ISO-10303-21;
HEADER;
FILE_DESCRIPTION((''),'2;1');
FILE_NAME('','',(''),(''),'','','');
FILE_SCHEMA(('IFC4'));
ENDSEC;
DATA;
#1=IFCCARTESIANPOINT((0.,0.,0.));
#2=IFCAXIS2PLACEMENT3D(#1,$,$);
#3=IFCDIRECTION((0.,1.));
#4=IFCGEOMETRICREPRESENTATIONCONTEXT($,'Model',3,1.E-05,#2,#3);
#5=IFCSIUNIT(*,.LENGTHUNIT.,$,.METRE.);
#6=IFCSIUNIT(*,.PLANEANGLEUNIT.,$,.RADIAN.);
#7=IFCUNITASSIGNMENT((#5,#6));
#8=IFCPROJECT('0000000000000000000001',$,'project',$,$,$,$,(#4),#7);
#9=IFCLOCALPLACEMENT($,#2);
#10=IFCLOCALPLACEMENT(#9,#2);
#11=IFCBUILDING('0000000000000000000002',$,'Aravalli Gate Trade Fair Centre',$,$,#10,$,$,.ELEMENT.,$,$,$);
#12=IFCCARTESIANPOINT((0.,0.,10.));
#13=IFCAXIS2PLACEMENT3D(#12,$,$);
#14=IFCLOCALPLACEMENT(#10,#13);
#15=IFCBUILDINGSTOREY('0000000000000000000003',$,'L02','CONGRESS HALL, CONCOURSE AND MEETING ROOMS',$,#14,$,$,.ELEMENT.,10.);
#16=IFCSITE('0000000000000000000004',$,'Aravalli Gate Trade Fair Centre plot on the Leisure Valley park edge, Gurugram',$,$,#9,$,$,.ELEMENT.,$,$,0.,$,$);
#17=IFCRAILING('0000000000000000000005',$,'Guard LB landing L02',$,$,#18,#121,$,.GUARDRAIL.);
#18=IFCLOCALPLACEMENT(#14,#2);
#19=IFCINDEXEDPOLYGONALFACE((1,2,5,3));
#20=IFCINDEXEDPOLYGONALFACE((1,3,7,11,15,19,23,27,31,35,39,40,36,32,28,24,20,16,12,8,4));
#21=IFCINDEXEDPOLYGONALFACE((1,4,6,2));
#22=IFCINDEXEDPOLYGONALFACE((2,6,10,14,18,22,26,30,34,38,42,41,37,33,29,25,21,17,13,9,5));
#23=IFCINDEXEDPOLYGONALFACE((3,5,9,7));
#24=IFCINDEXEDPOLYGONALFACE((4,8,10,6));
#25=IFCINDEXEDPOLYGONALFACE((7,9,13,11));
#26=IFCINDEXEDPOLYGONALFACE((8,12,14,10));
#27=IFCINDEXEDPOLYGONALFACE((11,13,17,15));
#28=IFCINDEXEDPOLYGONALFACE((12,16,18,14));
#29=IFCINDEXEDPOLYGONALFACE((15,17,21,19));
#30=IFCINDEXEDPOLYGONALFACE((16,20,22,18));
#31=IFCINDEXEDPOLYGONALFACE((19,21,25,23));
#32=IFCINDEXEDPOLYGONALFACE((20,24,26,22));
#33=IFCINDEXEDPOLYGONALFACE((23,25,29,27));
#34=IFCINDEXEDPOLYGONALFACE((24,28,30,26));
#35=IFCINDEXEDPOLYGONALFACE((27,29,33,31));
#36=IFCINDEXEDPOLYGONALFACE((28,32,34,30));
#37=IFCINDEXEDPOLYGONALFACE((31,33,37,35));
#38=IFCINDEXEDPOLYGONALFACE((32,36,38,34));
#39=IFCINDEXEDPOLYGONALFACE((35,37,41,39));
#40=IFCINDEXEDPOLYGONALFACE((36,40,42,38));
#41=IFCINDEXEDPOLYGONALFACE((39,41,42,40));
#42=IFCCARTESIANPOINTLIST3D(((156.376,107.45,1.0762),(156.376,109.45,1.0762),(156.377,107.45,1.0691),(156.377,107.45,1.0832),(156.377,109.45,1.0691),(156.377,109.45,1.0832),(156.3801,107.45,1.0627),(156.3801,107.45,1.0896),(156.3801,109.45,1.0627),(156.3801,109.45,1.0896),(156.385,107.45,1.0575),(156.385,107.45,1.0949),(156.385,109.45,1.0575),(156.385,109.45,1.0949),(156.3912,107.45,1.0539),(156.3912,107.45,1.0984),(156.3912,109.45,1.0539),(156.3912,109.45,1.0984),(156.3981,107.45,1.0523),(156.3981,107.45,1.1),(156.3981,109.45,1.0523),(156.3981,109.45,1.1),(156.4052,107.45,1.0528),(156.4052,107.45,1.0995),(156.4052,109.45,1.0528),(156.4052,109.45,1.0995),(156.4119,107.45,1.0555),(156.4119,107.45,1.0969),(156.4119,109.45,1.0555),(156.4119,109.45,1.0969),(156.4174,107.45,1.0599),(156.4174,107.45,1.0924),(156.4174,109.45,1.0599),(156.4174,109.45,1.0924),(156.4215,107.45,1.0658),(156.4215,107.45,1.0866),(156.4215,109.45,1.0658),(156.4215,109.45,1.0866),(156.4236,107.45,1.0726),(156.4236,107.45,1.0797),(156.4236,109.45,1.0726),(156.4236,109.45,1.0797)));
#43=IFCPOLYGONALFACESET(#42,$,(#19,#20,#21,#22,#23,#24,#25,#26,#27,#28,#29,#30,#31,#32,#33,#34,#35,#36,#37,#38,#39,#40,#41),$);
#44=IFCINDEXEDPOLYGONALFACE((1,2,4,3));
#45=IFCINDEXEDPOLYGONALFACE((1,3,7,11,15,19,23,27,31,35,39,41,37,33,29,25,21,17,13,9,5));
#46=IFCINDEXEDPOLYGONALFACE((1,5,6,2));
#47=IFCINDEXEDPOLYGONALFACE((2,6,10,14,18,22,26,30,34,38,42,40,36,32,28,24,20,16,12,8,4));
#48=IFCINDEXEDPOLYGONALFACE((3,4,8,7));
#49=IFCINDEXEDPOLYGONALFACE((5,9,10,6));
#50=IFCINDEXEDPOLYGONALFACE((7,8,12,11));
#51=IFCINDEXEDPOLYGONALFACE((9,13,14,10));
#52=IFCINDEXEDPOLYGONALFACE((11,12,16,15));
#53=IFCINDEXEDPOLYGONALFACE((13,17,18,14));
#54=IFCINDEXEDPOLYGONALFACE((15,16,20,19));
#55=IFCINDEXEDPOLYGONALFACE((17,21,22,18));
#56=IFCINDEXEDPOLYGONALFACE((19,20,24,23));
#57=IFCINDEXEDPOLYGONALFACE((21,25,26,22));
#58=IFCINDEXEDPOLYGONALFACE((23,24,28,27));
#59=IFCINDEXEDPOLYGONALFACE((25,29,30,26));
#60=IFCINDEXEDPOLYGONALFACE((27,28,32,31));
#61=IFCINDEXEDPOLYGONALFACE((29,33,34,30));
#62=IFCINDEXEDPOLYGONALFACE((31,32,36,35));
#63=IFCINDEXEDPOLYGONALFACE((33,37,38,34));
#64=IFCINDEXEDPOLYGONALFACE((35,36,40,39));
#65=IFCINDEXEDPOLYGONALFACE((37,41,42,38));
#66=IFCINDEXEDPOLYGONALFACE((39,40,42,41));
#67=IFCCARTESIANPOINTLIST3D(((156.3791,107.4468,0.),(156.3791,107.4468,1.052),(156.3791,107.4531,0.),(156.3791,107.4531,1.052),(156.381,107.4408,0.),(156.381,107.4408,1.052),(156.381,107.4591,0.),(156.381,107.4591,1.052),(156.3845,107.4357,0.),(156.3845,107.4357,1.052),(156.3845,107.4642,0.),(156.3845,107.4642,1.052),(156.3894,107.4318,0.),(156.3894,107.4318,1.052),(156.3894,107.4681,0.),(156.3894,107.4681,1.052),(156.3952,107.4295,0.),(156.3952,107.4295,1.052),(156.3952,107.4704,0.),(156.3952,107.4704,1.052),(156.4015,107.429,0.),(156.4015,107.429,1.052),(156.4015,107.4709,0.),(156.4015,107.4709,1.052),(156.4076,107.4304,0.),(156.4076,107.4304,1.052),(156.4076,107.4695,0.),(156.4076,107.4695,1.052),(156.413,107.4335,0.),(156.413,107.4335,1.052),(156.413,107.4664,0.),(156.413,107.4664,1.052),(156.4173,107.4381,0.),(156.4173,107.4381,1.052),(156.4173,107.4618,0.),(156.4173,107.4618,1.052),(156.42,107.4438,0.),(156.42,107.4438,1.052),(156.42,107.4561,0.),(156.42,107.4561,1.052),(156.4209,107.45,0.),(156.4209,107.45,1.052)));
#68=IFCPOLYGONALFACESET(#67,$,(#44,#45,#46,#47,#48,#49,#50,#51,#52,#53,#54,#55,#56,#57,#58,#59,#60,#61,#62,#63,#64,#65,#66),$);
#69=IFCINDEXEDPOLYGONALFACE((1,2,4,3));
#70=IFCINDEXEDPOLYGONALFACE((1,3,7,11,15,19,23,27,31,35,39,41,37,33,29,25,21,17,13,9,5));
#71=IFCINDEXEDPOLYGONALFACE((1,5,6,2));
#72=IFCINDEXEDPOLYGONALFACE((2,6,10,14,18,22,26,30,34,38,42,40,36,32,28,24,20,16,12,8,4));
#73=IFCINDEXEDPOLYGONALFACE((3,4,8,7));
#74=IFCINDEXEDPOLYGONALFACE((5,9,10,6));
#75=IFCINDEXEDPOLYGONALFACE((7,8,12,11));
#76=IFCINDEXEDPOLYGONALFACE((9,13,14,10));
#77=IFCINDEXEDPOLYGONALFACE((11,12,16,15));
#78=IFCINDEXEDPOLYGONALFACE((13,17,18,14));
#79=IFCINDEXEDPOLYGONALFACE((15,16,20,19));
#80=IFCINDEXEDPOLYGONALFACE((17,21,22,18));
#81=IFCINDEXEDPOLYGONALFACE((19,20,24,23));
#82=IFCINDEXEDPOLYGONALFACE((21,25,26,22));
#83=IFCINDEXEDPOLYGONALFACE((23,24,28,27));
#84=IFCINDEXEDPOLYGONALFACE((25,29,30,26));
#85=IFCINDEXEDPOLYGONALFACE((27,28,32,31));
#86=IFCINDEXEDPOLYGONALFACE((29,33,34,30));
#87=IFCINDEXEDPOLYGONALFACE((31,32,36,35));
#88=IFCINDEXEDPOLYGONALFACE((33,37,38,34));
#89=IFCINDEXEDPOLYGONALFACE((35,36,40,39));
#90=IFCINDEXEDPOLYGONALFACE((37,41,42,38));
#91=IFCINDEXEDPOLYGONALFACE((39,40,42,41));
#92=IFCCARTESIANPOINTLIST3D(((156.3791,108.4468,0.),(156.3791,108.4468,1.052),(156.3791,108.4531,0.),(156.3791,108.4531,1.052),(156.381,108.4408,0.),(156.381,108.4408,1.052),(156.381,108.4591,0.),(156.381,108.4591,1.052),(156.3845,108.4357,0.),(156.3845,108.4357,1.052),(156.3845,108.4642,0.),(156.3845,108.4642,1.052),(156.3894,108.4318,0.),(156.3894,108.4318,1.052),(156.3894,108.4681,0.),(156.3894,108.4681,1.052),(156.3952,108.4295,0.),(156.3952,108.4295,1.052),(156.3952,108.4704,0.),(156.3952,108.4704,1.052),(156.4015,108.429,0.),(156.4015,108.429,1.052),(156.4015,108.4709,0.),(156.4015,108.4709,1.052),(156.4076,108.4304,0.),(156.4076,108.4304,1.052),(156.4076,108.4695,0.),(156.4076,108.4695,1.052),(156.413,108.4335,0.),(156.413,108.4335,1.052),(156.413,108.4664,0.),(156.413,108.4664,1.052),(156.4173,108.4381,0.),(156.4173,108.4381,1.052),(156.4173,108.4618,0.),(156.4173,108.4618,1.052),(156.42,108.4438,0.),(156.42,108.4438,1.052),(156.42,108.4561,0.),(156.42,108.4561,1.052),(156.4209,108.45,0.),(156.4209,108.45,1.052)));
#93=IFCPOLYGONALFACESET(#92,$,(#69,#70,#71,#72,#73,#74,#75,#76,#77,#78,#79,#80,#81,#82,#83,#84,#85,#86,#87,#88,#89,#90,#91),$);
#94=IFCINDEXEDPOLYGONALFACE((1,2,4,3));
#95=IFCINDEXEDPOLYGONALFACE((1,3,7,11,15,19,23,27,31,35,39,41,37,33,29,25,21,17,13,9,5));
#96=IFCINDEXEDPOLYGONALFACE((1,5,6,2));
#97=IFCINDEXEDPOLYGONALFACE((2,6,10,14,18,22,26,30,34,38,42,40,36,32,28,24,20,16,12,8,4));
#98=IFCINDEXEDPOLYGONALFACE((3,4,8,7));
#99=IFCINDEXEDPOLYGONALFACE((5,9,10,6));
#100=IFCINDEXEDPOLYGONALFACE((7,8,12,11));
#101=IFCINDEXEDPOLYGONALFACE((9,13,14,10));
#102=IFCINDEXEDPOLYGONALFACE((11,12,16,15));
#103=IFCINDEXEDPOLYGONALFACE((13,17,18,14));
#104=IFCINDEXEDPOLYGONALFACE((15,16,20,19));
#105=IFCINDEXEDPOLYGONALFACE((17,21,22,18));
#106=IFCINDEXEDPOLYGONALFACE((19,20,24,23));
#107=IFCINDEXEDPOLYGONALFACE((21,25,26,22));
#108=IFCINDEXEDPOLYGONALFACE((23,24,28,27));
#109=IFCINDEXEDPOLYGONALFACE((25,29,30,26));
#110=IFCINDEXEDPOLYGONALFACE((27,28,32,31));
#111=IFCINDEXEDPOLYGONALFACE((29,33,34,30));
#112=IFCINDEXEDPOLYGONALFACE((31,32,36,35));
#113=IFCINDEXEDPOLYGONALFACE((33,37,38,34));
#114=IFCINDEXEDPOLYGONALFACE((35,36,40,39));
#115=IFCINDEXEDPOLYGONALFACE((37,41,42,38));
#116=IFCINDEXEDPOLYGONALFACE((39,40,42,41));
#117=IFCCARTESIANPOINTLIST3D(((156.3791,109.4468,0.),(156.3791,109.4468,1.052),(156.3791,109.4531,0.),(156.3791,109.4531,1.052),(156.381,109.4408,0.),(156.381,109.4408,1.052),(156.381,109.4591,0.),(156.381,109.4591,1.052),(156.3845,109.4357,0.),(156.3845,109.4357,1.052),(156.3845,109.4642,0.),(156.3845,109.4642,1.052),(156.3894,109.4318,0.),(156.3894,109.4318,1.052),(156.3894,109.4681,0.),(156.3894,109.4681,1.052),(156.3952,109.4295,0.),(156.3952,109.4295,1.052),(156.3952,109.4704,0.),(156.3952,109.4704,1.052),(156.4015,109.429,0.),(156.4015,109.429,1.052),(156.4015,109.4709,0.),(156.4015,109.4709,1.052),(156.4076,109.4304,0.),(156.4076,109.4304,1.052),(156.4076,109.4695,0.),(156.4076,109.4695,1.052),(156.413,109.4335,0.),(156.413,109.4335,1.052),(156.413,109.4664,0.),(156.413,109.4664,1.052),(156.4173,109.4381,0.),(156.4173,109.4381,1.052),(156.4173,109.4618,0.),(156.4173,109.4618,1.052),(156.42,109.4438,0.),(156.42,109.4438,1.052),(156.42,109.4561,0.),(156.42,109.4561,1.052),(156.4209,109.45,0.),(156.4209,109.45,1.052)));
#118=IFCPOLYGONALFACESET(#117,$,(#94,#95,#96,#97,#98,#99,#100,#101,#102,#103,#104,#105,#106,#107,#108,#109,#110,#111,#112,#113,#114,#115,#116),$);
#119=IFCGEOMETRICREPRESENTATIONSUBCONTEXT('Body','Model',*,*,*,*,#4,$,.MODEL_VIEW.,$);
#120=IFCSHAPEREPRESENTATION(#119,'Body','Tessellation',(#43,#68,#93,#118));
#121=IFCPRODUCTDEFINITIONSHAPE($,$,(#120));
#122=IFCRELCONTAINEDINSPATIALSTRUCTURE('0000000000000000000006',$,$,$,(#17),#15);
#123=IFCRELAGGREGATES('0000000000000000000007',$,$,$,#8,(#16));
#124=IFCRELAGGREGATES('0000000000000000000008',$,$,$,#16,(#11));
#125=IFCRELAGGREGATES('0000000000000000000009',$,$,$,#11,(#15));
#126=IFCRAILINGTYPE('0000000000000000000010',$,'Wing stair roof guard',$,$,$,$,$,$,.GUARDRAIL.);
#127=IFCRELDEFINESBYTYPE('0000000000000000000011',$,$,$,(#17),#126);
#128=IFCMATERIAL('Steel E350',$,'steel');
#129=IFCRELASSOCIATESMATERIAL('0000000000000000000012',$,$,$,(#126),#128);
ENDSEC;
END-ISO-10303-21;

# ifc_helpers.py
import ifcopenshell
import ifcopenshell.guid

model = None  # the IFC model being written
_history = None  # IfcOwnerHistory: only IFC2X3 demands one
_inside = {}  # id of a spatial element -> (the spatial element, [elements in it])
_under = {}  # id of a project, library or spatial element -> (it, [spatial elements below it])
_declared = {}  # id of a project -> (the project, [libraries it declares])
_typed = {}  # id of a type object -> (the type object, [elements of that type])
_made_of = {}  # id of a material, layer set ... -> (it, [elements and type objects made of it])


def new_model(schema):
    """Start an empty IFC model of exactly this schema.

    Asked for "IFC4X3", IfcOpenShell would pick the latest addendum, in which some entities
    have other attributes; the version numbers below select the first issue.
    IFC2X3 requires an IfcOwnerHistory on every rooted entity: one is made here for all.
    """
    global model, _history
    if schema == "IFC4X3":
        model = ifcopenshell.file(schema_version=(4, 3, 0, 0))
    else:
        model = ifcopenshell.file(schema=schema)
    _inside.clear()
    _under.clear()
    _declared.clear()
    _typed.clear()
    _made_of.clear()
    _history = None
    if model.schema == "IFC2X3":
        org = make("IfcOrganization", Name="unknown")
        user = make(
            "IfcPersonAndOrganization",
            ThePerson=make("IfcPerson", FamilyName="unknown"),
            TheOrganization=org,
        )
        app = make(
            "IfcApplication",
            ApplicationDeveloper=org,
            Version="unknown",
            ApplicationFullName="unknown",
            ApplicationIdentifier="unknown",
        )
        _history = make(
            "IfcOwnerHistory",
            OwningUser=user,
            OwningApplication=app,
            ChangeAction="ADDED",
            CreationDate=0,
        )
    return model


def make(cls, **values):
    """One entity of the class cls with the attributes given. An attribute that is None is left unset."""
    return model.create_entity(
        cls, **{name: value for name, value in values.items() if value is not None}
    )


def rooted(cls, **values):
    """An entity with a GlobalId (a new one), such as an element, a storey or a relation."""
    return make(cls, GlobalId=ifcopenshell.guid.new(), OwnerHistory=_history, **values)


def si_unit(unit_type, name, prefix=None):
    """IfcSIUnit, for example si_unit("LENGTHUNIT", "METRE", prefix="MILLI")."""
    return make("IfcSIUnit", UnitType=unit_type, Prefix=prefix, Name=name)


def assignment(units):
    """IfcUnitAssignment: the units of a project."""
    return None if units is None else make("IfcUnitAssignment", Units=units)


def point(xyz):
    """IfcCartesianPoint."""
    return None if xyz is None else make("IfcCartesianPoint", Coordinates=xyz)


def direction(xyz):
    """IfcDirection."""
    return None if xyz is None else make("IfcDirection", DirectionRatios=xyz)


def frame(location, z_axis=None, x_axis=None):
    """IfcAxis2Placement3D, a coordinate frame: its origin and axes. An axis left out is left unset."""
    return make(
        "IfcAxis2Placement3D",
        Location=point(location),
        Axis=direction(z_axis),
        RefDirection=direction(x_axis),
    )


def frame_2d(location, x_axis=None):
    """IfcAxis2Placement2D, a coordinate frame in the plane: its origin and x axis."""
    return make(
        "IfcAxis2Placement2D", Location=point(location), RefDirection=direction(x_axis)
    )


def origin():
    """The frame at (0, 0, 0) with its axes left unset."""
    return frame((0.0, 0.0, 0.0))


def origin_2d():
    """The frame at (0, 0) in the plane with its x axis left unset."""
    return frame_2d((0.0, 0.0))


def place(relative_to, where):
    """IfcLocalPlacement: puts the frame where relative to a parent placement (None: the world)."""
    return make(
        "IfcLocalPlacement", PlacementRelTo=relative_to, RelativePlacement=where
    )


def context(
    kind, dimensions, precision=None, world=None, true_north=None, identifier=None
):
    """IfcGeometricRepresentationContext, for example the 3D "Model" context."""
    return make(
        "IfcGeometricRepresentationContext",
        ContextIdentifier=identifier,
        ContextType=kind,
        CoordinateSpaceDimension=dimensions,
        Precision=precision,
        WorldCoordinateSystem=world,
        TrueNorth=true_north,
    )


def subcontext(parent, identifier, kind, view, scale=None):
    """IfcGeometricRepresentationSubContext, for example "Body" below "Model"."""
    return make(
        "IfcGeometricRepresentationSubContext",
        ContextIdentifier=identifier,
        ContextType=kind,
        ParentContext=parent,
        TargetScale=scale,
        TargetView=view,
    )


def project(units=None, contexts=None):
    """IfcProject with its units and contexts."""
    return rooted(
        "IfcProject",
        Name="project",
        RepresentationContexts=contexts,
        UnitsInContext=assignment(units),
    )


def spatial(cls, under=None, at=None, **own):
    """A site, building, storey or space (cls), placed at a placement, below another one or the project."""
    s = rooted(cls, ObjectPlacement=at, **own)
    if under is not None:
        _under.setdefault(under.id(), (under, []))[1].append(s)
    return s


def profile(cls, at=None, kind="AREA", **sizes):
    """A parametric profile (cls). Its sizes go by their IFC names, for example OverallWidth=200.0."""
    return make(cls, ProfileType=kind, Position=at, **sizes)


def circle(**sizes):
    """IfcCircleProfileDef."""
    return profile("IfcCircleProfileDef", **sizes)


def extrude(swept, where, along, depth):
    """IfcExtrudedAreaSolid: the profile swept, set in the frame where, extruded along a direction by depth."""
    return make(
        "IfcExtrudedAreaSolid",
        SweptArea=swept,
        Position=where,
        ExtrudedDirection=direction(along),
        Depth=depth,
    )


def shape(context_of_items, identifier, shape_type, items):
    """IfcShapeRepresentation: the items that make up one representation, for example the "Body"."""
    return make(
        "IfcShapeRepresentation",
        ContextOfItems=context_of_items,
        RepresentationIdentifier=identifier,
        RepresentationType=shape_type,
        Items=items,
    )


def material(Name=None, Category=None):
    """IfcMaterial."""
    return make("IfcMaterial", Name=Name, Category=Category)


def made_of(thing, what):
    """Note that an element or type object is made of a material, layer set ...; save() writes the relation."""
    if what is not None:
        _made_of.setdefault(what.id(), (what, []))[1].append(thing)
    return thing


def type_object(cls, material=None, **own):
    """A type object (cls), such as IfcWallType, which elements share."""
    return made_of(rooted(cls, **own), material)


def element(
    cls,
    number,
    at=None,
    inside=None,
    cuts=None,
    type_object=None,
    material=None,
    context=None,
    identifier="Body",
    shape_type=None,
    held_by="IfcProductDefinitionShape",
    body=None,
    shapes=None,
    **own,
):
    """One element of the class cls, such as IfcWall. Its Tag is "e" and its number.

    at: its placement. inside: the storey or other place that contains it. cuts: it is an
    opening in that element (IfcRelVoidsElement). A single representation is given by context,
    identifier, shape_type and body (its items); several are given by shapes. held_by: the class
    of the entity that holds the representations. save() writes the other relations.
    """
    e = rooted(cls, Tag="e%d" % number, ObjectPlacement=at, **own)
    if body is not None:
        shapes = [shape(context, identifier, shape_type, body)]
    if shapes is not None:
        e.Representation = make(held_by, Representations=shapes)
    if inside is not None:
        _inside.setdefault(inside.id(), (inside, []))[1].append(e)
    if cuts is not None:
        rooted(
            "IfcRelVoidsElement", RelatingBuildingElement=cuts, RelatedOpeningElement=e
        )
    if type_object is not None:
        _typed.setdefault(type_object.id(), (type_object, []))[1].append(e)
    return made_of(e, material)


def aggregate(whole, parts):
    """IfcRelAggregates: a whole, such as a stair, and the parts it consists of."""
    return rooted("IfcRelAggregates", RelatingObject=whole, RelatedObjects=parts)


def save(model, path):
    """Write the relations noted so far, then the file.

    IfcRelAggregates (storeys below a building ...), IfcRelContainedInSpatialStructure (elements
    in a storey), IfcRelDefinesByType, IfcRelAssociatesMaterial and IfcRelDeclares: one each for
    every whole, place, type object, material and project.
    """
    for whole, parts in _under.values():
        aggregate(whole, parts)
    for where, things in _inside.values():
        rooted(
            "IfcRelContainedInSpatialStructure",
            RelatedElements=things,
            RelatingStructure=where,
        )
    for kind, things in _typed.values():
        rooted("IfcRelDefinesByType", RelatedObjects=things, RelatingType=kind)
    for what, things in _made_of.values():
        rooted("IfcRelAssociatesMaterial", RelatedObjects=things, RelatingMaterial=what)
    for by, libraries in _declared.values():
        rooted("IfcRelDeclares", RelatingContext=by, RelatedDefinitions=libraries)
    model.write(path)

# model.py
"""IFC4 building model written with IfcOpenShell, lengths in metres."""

from ifc_helpers import new_model, si_unit, direction, frame, origin, origin_2d, place, context, subcontext, project, spatial, circle, extrude, material, type_object, element, save


model = new_model("IFC4")

# Units and contexts
model_context = context("Model", 3, precision=1e-05, world=origin(), true_north=direction((0.0, 1.0)))
body_context = subcontext(model_context, "Body", "Model", "MODEL_VIEW")
ifc_project = project(units=[si_unit("LENGTHUNIT", "METRE"), si_unit("PLANEANGLEUNIT", "RADIAN")], contexts=[model_context])

# Site, building, storey
site_placement = place(None, origin())
site = spatial("IfcSite", under=ifc_project, at=site_placement, Name="Aravalli Gate Trade Fair Centre plot on the Leisure Valley park edge, Gurugram", CompositionType="ELEMENT", RefElevation=0.0)
building_placement = place(site_placement, origin())
building = spatial("IfcBuilding", under=site, at=building_placement, Name="Aravalli Gate Trade Fair Centre", CompositionType="ELEMENT")
storey_placement = place(building_placement, frame((0.0, 0.0, 10.0)))
storey = spatial("IfcBuildingStorey", under=building, at=storey_placement, Name="L02", Description="CONGRESS HALL, CONCOURSE AND MEETING ROOMS", CompositionType="ELEMENT", Elevation=10.0)

# Shared definitions
ifc_material_1 = material(Name="Steel E350", Category="steel")

# Railing
railing_type_1 = type_object("IfcRailingType", Name="Wing stair roof guard", PredefinedType="GUARDRAIL", material=ifc_material_1)
railing_1_placement = place(storey_placement, frame((156.3999, 107.45, 0.0)))
element("IfcRailing", 1, at=railing_1_placement, inside=storey, type_object=railing_type_1, Name="Guard LB landing L02", PredefinedType="GUARDRAIL", context=body_context, shape_type="SweptSolid", body=[
    extrude(circle(Radius=0.0239, at=origin_2d()), frame((0.0, 0.0, 1.0762), z_axis=(0.0, 1.0, 0.0), x_axis=(-1.0, 0.0, 0.0)), (0.0, 0.0, 1.0), 2.0),
    extrude(circle(Radius=0.021, at=origin_2d()), origin(), (0.0, 0.0, 1.0), 1.052),
    extrude(circle(Radius=0.021, at=origin_2d()), frame((0.0, 1.0, 0.0)), (0.0, 0.0, 1.0), 1.052),
    extrude(circle(Radius=0.021, at=origin_2d()), frame((0.0, 2.0, 0.0)), (0.0, 0.0, 1.0), 1.052),
])

save(model, "model.ifc")
